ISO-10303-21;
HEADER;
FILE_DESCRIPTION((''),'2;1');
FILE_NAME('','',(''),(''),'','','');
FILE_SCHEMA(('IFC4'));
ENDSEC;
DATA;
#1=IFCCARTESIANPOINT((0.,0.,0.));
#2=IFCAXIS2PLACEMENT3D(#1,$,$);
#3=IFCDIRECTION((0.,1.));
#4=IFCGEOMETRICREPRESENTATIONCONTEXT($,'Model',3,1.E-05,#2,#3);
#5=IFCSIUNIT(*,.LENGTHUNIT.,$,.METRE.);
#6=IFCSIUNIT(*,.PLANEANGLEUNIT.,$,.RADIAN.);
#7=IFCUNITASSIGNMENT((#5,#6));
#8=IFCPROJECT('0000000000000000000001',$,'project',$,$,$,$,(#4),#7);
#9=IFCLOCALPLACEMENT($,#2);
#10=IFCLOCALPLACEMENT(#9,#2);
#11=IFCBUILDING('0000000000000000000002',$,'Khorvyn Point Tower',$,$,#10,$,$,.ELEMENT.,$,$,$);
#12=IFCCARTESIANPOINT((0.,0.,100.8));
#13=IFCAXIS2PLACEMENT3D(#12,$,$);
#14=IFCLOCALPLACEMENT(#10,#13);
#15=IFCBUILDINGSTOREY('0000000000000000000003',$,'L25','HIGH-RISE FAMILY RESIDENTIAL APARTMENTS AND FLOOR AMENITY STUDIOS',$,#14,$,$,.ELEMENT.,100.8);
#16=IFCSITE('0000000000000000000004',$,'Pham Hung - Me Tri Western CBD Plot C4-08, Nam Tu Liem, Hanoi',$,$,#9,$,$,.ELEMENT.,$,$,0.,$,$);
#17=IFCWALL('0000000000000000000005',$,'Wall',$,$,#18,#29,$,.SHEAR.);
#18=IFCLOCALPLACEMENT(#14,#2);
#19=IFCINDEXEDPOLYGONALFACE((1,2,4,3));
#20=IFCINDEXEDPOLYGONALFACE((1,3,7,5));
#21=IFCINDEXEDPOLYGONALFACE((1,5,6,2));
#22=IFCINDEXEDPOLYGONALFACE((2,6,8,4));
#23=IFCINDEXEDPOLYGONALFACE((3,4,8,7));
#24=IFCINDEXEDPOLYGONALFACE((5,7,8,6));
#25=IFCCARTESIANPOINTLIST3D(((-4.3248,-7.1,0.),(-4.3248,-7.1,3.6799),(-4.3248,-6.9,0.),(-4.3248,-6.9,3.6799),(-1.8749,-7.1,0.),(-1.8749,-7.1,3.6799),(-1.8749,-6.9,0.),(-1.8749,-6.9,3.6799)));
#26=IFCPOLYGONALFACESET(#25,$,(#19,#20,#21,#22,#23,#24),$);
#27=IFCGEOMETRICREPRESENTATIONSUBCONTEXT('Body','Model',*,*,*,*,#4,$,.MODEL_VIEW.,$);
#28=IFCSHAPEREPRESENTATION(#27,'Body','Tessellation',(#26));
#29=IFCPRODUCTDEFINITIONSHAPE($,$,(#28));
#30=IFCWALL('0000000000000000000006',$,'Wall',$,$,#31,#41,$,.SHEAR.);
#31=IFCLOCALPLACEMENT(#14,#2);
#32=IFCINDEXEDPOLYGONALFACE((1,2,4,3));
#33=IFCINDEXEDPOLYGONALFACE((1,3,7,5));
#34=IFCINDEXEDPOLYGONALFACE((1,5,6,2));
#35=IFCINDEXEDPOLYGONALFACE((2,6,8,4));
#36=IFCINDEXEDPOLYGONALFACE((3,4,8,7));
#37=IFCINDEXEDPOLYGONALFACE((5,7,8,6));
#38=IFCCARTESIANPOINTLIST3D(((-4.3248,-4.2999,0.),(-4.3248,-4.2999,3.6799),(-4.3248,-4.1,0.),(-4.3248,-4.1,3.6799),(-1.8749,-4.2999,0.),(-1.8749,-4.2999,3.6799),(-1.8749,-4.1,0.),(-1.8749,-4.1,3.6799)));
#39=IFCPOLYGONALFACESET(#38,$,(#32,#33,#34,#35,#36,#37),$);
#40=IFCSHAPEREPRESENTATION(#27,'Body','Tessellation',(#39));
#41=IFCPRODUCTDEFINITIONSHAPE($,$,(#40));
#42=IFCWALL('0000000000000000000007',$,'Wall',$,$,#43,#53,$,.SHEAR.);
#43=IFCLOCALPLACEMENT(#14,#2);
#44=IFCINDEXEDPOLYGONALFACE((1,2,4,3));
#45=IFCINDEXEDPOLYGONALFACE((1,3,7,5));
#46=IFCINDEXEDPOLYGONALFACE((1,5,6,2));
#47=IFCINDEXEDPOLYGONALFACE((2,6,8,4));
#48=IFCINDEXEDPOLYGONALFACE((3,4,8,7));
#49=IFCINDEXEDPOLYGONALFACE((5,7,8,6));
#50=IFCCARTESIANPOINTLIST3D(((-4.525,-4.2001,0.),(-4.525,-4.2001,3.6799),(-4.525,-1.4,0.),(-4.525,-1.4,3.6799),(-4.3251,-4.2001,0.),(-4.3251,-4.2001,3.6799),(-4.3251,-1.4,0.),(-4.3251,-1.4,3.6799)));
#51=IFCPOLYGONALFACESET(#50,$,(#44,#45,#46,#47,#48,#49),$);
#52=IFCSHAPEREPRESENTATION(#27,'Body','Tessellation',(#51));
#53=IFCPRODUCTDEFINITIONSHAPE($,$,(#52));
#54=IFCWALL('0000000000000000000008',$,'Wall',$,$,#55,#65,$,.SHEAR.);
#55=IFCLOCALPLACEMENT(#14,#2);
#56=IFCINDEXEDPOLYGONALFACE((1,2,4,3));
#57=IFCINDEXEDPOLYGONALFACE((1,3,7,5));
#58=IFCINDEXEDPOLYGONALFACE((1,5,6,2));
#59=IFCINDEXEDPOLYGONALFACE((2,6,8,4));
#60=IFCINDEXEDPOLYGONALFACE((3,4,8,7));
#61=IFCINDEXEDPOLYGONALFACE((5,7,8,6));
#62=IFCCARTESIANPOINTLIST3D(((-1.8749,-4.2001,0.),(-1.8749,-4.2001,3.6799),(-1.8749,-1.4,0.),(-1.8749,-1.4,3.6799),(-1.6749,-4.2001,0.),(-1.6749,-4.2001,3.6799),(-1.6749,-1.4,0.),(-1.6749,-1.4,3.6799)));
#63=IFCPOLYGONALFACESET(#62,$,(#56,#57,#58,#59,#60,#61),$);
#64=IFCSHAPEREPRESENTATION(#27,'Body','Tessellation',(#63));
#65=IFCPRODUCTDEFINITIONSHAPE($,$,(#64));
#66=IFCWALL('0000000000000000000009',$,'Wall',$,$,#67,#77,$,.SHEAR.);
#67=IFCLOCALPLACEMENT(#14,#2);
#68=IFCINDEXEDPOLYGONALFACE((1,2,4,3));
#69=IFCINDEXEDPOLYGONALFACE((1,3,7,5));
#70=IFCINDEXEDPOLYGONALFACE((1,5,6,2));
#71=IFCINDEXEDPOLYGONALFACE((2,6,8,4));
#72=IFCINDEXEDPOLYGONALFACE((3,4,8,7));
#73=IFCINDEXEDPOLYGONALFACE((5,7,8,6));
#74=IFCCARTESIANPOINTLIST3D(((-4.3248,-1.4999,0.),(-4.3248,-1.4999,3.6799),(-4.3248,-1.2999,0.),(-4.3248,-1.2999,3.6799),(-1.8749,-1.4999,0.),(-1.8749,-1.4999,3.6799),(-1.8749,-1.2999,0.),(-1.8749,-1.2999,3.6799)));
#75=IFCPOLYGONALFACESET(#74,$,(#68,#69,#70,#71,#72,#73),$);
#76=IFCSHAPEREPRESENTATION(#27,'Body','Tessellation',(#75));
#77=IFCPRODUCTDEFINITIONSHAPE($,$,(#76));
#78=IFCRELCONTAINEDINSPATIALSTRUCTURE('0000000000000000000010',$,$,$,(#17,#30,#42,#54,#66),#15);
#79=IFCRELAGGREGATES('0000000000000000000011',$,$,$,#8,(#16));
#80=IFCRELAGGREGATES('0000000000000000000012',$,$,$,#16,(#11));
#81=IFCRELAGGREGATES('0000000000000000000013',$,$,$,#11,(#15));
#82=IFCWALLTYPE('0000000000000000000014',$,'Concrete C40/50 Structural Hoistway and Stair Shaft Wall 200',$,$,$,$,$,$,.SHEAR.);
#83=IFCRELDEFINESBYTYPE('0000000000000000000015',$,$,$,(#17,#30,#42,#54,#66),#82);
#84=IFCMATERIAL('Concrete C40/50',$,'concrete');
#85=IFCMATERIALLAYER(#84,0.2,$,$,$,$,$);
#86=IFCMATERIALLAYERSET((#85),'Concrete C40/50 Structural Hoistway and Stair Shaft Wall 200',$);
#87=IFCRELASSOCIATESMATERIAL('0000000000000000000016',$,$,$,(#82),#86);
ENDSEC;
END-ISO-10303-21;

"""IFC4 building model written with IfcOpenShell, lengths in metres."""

from ifc_helpers import new_model, si_unit, direction, frame, frame_2d, origin, place, context, subcontext, project, spatial, rectangle, extrude, material, layer, layer_set, type_object, element, save


model = new_model("IFC4")

# Units and contexts
model_context = context("Model", 3, precision=1e-05, world=origin(), true_north=direction((0.0, 1.0)))
body_context = subcontext(model_context, "Body", "Model", "MODEL_VIEW")
ifc_project = project(units=[si_unit("LENGTHUNIT", "METRE"), si_unit("PLANEANGLEUNIT", "RADIAN")], contexts=[model_context])

# Site, building, storey
site_placement = place(None, origin())
site = spatial("IfcSite", under=ifc_project, at=site_placement, Name="Pham Hung - Me Tri Western CBD Plot C4-08, Nam Tu Liem, Hanoi", CompositionType="ELEMENT", RefElevation=0.0)
building_placement = place(site_placement, origin())
building = spatial("IfcBuilding", under=site, at=building_placement, Name="Khorvyn Point Tower", CompositionType="ELEMENT")
storey_placement = place(building_placement, frame((0.0, 0.0, 100.8)))
storey = spatial("IfcBuildingStorey", under=building, at=storey_placement, Name="L25", Description="HIGH-RISE FAMILY RESIDENTIAL APARTMENTS AND FLOOR AMENITY STUDIOS", CompositionType="ELEMENT", Elevation=100.8)

# Shared definitions
ifc_material_1 = material(Name="Concrete C40/50", Category="concrete")

# Shared definitions
ifc_layer_1 = layer(ifc_material_1, 0.2)
ifc_layer_set_1 = layer_set([ifc_layer_1], Name="Concrete C40/50 Structural Hoistway and Stair Shaft Wall 200")
wall_type_1 = type_object("IfcWallType", Name="Concrete C40/50 Structural Hoistway and Stair Shaft Wall 200", PredefinedType="SHEAR", material=ifc_layer_set_1)

# Walls
for number, where, z_axis, x_axis, name in (
    (1, (-4.325, -7.0, 0.0), (0.0, 0.0, 1.0), (1.0, 0.0, 0.0), "Wall"),
    (2, (-4.325, -4.2, 0.0), (0.0, 0.0, 1.0), (1.0, 0.0, 0.0), "Wall"),
):
    element("IfcWall", number, at=place(storey_placement, frame(where, z_axis=z_axis, x_axis=x_axis)), inside=storey, type_object=wall_type_1, Name=name, PredefinedType="SHEAR", context=body_context, shape_type="SweptSolid", body=[
        extrude(rectangle(XDim=2.45, YDim=0.2, at=frame_2d((1.2251, 0.0))), origin(), (0.0, 0.0, 1.0), 3.6799),
    ])
for number, where, z_axis, x_axis, name in (
    (3, (-4.425, -4.2, 0.0), (0.0, 0.0, 1.0), (0.0, 1.0, 0.0), "Wall"),
    (4, (-1.7749, -4.2, 0.0), (0.0, 0.0, 1.0), (0.0, 1.0, 0.0), "Wall"),
):
    element("IfcWall", number, at=place(storey_placement, frame(where, z_axis=z_axis, x_axis=x_axis)), inside=storey, type_object=wall_type_1, Name=name, PredefinedType="SHEAR", context=body_context, shape_type="SweptSolid", body=[
        extrude(rectangle(XDim=2.8, YDim=0.2, at=frame_2d((1.3999, 0.0))), origin(), (0.0, 0.0, 1.0), 3.6799),
    ])
wall_1_placement = place(storey_placement, frame((-4.325, -1.3999, 0.0), z_axis=(0.0, 0.0, 1.0), x_axis=(1.0, 0.0, 0.0)))
element("IfcWall", 5, at=wall_1_placement, inside=storey, type_object=wall_type_1, Name="Wall", PredefinedType="SHEAR", context=body_context, shape_type="SweptSolid", body=[
    extrude(rectangle(XDim=2.45, YDim=0.2, at=frame_2d((1.2251, 0.0))), origin(), (0.0, 0.0, 1.0), 3.6799),
])

save(model, "model.ifc")
